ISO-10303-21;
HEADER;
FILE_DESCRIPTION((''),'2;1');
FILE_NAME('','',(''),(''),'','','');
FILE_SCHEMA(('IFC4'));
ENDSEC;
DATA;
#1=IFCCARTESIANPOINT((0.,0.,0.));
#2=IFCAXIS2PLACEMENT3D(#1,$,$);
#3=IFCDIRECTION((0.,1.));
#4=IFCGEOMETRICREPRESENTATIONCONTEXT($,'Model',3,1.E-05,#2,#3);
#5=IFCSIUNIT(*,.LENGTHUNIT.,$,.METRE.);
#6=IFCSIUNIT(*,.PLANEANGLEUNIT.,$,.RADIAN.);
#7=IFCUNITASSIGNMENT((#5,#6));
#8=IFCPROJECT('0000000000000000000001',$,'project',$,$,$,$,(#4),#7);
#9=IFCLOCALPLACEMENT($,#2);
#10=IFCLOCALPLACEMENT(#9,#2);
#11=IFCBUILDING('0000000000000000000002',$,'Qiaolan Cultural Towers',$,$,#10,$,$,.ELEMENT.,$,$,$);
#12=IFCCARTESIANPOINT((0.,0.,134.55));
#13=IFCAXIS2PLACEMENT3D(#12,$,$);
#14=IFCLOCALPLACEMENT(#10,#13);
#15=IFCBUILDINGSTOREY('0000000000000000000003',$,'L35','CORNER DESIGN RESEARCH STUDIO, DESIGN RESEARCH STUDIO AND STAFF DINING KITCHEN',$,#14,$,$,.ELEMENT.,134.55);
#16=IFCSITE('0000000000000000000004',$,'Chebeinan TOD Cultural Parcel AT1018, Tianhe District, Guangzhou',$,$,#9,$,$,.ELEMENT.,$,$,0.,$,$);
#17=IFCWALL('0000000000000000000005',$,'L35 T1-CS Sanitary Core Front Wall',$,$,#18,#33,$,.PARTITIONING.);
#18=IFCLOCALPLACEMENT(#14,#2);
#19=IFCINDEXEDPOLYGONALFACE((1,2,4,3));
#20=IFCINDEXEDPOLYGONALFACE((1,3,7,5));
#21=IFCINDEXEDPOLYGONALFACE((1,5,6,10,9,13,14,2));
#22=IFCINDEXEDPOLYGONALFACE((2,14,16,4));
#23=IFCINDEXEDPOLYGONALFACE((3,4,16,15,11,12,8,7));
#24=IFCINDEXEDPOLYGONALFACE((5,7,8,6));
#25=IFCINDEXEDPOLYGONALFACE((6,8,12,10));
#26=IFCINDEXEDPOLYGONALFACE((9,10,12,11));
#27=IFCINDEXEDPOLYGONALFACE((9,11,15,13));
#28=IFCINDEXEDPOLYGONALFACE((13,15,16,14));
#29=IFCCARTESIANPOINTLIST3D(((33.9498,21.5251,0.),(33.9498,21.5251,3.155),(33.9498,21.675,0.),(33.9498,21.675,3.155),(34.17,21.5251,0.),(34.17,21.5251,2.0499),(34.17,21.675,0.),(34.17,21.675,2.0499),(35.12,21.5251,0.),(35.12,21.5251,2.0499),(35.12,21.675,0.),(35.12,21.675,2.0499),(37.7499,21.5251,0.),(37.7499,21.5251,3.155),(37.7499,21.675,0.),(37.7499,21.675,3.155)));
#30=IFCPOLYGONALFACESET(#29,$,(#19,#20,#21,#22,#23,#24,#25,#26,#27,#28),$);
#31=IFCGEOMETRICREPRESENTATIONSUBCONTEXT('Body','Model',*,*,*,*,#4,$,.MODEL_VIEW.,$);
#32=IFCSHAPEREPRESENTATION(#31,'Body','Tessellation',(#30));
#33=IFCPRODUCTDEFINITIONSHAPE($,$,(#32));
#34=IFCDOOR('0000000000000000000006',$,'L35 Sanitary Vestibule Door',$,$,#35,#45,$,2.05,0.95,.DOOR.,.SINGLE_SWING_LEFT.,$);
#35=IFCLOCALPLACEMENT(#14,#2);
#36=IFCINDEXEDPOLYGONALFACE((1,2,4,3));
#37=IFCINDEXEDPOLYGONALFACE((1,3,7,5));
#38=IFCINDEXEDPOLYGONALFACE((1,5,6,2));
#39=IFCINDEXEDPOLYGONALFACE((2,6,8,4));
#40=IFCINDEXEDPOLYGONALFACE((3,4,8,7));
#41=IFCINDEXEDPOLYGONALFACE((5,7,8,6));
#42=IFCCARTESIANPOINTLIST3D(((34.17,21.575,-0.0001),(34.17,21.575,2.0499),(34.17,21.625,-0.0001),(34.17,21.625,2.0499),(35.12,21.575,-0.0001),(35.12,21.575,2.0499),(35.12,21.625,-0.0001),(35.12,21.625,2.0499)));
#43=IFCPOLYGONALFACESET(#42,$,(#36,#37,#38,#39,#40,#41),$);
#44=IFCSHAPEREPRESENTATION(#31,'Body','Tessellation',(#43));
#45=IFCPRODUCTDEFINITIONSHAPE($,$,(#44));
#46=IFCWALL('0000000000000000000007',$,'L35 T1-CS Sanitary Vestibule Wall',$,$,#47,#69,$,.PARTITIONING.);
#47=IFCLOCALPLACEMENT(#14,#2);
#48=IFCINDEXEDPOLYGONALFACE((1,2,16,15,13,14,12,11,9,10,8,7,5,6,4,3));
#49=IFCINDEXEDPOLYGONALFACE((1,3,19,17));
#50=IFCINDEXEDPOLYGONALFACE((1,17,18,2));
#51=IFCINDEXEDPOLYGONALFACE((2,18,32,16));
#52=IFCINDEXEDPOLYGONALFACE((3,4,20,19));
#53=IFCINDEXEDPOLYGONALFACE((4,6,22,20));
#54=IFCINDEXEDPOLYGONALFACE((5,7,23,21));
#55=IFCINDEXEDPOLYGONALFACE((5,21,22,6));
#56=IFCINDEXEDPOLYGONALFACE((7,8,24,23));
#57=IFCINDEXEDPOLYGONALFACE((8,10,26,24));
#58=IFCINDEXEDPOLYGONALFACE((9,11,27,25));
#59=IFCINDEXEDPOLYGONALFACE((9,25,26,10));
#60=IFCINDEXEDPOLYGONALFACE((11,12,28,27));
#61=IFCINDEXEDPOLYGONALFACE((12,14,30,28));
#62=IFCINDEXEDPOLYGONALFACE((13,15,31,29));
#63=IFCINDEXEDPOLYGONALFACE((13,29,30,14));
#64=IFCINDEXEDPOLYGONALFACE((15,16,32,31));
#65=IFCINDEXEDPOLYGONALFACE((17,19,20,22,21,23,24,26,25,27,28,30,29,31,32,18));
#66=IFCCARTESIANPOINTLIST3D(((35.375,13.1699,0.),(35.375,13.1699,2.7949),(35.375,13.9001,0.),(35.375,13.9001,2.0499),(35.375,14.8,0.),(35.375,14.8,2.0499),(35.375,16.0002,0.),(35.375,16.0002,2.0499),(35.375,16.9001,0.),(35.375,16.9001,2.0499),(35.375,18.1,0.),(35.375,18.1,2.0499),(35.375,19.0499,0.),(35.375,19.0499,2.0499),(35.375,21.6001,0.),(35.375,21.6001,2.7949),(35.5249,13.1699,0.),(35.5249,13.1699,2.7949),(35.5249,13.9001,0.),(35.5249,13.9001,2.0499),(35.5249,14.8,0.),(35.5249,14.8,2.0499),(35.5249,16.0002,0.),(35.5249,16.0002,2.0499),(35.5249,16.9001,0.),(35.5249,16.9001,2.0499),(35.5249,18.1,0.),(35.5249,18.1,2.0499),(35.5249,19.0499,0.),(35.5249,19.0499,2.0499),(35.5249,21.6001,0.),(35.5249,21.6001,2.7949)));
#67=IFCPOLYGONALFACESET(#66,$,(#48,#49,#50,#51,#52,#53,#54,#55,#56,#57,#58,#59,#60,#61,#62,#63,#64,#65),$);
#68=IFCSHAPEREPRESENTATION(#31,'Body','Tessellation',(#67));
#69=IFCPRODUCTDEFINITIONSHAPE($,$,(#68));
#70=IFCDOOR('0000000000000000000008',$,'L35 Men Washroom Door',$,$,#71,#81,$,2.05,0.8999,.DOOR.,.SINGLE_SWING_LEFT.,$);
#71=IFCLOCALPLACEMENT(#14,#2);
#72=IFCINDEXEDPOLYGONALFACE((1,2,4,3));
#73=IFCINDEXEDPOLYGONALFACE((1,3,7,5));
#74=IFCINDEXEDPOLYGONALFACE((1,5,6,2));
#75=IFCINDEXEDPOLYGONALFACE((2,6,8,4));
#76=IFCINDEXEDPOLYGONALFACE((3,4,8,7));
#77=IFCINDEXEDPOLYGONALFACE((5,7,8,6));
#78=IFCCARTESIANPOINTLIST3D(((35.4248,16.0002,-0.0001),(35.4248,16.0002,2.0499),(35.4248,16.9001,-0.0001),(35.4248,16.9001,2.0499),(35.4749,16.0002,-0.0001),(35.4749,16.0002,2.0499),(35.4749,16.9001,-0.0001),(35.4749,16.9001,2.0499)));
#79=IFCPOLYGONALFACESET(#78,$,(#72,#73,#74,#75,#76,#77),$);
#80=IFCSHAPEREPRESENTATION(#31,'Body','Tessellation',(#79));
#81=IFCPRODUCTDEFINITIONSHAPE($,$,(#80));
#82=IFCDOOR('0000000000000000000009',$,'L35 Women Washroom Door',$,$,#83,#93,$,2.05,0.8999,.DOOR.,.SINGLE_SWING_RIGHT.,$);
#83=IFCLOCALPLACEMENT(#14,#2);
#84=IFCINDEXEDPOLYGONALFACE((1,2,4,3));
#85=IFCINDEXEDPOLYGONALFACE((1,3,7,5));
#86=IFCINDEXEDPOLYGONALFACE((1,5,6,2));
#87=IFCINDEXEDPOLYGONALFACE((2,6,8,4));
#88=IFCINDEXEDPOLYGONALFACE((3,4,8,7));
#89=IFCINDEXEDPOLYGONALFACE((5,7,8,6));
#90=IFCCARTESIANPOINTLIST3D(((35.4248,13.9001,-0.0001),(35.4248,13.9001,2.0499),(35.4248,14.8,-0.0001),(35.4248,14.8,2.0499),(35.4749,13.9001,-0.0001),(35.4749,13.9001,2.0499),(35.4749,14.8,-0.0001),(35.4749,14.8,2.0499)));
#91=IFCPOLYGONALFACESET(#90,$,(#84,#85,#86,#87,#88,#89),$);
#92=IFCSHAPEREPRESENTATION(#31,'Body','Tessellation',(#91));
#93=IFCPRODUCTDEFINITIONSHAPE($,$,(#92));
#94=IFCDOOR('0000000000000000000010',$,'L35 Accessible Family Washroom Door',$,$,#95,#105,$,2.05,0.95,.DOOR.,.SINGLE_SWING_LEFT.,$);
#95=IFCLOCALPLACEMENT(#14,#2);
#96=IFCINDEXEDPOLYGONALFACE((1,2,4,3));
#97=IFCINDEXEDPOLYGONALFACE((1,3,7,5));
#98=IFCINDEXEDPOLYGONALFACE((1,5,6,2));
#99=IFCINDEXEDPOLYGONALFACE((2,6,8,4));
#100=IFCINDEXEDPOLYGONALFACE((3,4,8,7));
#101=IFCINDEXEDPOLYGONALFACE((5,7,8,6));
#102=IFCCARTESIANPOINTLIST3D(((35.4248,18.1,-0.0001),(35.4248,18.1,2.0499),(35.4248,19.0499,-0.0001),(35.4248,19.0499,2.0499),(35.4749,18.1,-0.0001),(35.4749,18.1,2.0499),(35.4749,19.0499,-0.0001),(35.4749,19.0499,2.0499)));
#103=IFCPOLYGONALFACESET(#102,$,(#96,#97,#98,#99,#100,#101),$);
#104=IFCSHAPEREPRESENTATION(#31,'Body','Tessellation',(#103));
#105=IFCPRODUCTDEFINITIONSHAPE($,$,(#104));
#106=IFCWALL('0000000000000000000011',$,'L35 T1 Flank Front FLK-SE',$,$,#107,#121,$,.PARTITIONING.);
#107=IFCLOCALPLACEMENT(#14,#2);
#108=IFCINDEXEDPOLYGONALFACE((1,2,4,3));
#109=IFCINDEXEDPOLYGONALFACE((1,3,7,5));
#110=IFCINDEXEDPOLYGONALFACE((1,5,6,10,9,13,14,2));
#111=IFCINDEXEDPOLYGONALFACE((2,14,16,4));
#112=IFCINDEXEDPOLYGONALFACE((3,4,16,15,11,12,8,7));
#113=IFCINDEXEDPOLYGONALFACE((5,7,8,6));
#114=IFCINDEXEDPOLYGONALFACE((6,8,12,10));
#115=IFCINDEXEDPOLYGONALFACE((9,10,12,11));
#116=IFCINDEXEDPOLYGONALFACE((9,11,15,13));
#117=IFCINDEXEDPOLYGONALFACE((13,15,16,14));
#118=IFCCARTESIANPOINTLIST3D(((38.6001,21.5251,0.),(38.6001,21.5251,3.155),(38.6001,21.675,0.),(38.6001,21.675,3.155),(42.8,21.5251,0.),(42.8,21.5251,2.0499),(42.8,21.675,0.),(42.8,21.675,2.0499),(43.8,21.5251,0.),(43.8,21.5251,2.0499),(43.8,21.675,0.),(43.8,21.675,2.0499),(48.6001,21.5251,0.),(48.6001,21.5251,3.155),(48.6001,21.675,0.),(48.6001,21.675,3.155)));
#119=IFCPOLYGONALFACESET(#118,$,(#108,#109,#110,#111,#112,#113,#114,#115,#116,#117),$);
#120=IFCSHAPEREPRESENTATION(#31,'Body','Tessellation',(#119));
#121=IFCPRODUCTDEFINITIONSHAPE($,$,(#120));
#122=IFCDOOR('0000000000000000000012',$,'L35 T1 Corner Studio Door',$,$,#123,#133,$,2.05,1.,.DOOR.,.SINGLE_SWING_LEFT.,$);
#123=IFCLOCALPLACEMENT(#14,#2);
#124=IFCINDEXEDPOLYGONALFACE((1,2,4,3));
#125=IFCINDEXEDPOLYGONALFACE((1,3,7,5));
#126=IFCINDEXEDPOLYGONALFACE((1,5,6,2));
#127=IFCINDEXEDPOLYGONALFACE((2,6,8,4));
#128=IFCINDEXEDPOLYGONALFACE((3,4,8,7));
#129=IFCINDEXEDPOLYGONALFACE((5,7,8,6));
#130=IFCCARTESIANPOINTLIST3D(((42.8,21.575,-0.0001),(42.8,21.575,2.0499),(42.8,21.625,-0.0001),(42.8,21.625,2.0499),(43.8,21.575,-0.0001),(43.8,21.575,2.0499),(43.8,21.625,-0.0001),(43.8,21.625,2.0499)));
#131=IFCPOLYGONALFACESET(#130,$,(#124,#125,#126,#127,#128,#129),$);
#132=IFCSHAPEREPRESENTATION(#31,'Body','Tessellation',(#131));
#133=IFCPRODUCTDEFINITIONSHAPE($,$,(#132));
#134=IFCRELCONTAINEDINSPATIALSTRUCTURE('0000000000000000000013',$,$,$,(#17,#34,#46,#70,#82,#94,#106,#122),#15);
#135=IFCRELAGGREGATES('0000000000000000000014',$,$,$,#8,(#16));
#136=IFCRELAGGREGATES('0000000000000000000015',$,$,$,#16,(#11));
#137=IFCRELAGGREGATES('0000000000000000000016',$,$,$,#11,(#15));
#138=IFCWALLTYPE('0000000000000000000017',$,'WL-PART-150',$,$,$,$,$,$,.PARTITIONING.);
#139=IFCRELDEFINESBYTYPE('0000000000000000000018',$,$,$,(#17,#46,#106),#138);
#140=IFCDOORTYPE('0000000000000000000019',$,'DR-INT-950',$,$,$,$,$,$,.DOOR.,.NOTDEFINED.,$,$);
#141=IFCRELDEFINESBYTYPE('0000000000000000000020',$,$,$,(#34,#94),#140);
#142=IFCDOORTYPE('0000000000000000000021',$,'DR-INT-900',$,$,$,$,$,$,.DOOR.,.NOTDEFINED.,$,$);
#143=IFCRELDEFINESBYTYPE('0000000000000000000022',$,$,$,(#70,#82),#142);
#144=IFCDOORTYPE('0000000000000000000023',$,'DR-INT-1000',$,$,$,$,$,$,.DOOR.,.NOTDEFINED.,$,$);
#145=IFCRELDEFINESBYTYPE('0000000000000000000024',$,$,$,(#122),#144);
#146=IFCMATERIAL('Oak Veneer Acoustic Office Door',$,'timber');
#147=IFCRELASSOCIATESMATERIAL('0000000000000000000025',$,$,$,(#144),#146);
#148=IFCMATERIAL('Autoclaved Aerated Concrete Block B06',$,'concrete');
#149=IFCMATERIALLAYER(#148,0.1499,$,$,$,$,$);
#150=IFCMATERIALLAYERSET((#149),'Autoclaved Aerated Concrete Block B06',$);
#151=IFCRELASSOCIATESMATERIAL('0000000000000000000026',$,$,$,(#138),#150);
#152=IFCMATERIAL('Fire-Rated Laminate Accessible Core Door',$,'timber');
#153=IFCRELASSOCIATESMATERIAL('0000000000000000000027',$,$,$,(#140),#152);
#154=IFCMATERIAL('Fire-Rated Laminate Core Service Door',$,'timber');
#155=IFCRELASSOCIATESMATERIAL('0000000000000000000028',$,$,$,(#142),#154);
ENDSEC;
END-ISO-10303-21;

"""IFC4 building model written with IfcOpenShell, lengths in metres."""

from ifc_helpers import new_model, si_unit, direction, frame, frame_2d, origin, place, context, subcontext, project, spatial, rectangle, extrude, material, layer, layer_set, type_object, element, fill, save


model = new_model("IFC4")

# Units and contexts
model_context = context("Model", 3, precision=1e-05, world=origin(), true_north=direction((0.0, 1.0)))
body_context = subcontext(model_context, "Body", "Model", "MODEL_VIEW")
ifc_project = project(units=[si_unit("LENGTHUNIT", "METRE"), si_unit("PLANEANGLEUNIT", "RADIAN")], contexts=[model_context])

# Site, building, storey
site_placement = place(None, origin())
site = spatial("IfcSite", under=ifc_project, at=site_placement, Name="Chebeinan TOD Cultural Parcel AT1018, Tianhe District, Guangzhou", CompositionType="ELEMENT", RefElevation=0.0)
building_placement = place(site_placement, origin())
building = spatial("IfcBuilding", under=site, at=building_placement, Name="Qiaolan Cultural Towers", CompositionType="ELEMENT")
storey_placement = place(building_placement, frame((0.0, 0.0, 134.55)))
storey = spatial("IfcBuildingStorey", under=building, at=storey_placement, Name="L35", Description="CORNER DESIGN RESEARCH STUDIO, DESIGN RESEARCH STUDIO AND STAFF DINING KITCHEN", CompositionType="ELEMENT", Elevation=134.55)

# Shared definitions
ifc_material_1 = material(Name="Oak Veneer Acoustic Office Door", Category="timber")
door_type_1 = type_object("IfcDoorType", Name="DR-INT-1000", OperationType="NOTDEFINED", PredefinedType="DOOR", material=ifc_material_1)

# Shared definitions
ifc_material_2 = material(Name="Autoclaved Aerated Concrete Block B06", Category="concrete")
ifc_layer_1 = layer(ifc_material_2, 0.1499)
ifc_layer_set_1 = layer_set([ifc_layer_1], Name="Autoclaved Aerated Concrete Block B06")
wall_type_1 = type_object("IfcWallType", Name="WL-PART-150", PredefinedType="PARTITIONING", material=ifc_layer_set_1)

# Wall, opening, door
wall_1_placement = place(storey_placement, frame((33.95, 21.6001, 0.0), z_axis=(0.0, 0.0, 1.0), x_axis=(1.0, 0.0, 0.0)))
wall_1 = element("IfcWall", 1, at=wall_1_placement, inside=storey, type_object=wall_type_1, Name="L35 T1-CS Sanitary Core Front Wall", PredefinedType="PARTITIONING", context=body_context, shape_type="SweptSolid", body=[
    extrude(rectangle(XDim=3.8, YDim=0.1499, at=frame_2d((1.8999, 0.0))), origin(), (0.0, 0.0, 1.0), 3.155),
])
opening_1_placement = place(wall_1_placement, frame((0.22, 0.0, 0.0)))
opening_1 = element("IfcOpeningElement", 2, at=opening_1_placement, cuts=wall_1, PredefinedType="OPENING", context=body_context, shape_type="SweptSolid", body=[
    extrude(rectangle(XDim=0.95, YDim=2.05, at=frame_2d((0.4751, 1.0249))), frame((0.0, 0.085, 0.0), z_axis=(0.0, -1.0, 0.0), x_axis=(1.0, 0.0, 0.0)), (0.0, 0.0, 1.0), 0.1699),
])
ifc_material_3 = material(Name="Fire-Rated Laminate Accessible Core Door", Category="timber")
door_type_2 = type_object("IfcDoorType", Name="DR-INT-950", OperationType="NOTDEFINED", PredefinedType="DOOR", material=ifc_material_3)
door_1_placement = place(opening_1_placement, origin())
door_1 = element("IfcDoor", 3, at=door_1_placement, inside=storey, type_object=door_type_2, Name="L35 Sanitary Vestibule Door", OperationType="SINGLE_SWING_LEFT", OverallHeight=2.05, OverallWidth=0.95, PredefinedType="DOOR", context=body_context, shape_type="SweptSolid", body=[
    extrude(rectangle(XDim=0.95, YDim=2.05, at=frame_2d((0.4751, 1.0249))), frame((0.0, 0.0249, 0.0), z_axis=(0.0, -1.0, 0.0), x_axis=(1.0, 0.0, 0.0)), (0.0, 0.0, 1.0), 0.05),
])
fill(opening_1, door_1)

# Wall, openings, doors
wall_2_placement = place(storey_placement, frame((35.45, 21.6001, 0.0), z_axis=(0.0, 0.0, 1.0), x_axis=(0.0, -1.0, 0.0)))
wall_2 = element("IfcWall", 4, at=wall_2_placement, inside=storey, type_object=wall_type_1, Name="L35 T1-CS Sanitary Vestibule Wall", PredefinedType="PARTITIONING", context=body_context, shape_type="SweptSolid", body=[
    extrude(rectangle(XDim=8.4302, YDim=0.1499, at=frame_2d((4.2151, 0.0))), origin(), (0.0, 0.0, 1.0), 2.7949),
])
opening_2_placement = place(wall_2_placement, frame((2.55, 0.0, 0.0)))
opening_2 = element("IfcOpeningElement", 5, at=opening_2_placement, cuts=wall_2, PredefinedType="OPENING", context=body_context, shape_type="SweptSolid", body=[
    extrude(rectangle(XDim=0.95, YDim=2.05, at=frame_2d((0.4751, 1.0249))), frame((0.0, 0.085, 0.0), z_axis=(0.0, -1.0, 0.0), x_axis=(1.0, 0.0, 0.0)), (0.0, 0.0, 1.0), 0.1699),
])
opening_3_placement = place(wall_2_placement, frame((4.7, 0.0, 0.0)))
opening_3 = element("IfcOpeningElement", 6, at=opening_3_placement, cuts=wall_2, PredefinedType="OPENING", context=body_context, shape_type="SweptSolid", body=[
    extrude(rectangle(XDim=0.8999, YDim=2.05, at=frame_2d((0.45, 1.0249))), frame((0.0, 0.085, 0.0), z_axis=(0.0, -1.0, 0.0), x_axis=(1.0, 0.0, 0.0)), (0.0, 0.0, 1.0), 0.1699),
])
opening_4_placement = place(wall_2_placement, frame((6.8, 0.0, 0.0)))
opening_4 = element("IfcOpeningElement", 7, at=opening_4_placement, cuts=wall_2, PredefinedType="OPENING", context=body_context, shape_type="SweptSolid", body=[
    extrude(rectangle(XDim=0.8999, YDim=2.05, at=frame_2d((0.45, 1.0249))), frame((0.0, 0.085, 0.0), z_axis=(0.0, -1.0, 0.0), x_axis=(1.0, 0.0, 0.0)), (0.0, 0.0, 1.0), 0.1699),
])
ifc_material_4 = material(Name="Fire-Rated Laminate Core Service Door", Category="timber")
door_type_3 = type_object("IfcDoorType", Name="DR-INT-900", OperationType="NOTDEFINED", PredefinedType="DOOR", material=ifc_material_4)
door_2_placement = place(opening_3_placement, origin())
door_2 = element("IfcDoor", 8, at=door_2_placement, inside=storey, type_object=door_type_3, Name="L35 Men Washroom Door", OperationType="SINGLE_SWING_LEFT", OverallHeight=2.05, OverallWidth=0.8999, PredefinedType="DOOR", context=body_context, shape_type="SweptSolid", body=[
    extrude(rectangle(XDim=0.8999, YDim=2.05, at=frame_2d((0.45, 1.0249))), frame((0.0, 0.0249, 0.0), z_axis=(0.0, -1.0, 0.0), x_axis=(1.0, 0.0, 0.0)), (0.0, 0.0, 1.0), 0.05),
])
fill(opening_3, door_2)
door_3_placement = place(opening_4_placement, origin())
door_3 = element("IfcDoor", 9, at=door_3_placement, inside=storey, type_object=door_type_3, Name="L35 Women Washroom Door", OperationType="SINGLE_SWING_RIGHT", OverallHeight=2.05, OverallWidth=0.8999, PredefinedType="DOOR", context=body_context, shape_type="SweptSolid", body=[
    extrude(rectangle(XDim=0.8999, YDim=2.05, at=frame_2d((0.45, 1.0249))), frame((0.0, 0.0249, 0.0), z_axis=(0.0, -1.0, 0.0), x_axis=(1.0, 0.0, 0.0)), (0.0, 0.0, 1.0), 0.05),
])
fill(opening_4, door_3)
door_4_placement = place(opening_2_placement, origin())
door_4 = element("IfcDoor", 10, at=door_4_placement, inside=storey, type_object=door_type_2, Name="L35 Accessible Family Washroom Door", OperationType="SINGLE_SWING_LEFT", OverallHeight=2.05, OverallWidth=0.95, PredefinedType="DOOR", context=body_context, shape_type="SweptSolid", body=[
    extrude(rectangle(XDim=0.95, YDim=2.05, at=frame_2d((0.4751, 1.0249))), frame((0.0, 0.0249, 0.0), z_axis=(0.0, -1.0, 0.0), x_axis=(1.0, 0.0, 0.0)), (0.0, 0.0, 1.0), 0.05),
])
fill(opening_2, door_4)

# Wall, opening, door
wall_3_placement = place(storey_placement, frame((38.6001, 21.6001, 0.0), z_axis=(0.0, 0.0, 1.0), x_axis=(1.0, 0.0, 0.0)))
wall_3 = element("IfcWall", 11, at=wall_3_placement, inside=storey, type_object=wall_type_1, Name="L35 T1 Flank Front FLK-SE", PredefinedType="PARTITIONING", context=body_context, shape_type="SweptSolid", body=[
    extrude(rectangle(XDim=10.0, YDim=0.1499, at=frame_2d((5.0, 0.0))), origin(), (0.0, 0.0, 1.0), 3.155),
])
opening_5_placement = place(wall_3_placement, frame((4.2, 0.0, 0.0)))
opening_5 = element("IfcOpeningElement", 12, at=opening_5_placement, cuts=wall_3, PredefinedType="OPENING", context=body_context, shape_type="SweptSolid", body=[
    extrude(rectangle(XDim=1.0, YDim=2.05, at=frame_2d((0.5, 1.0249))), frame((0.0, 0.085, 0.0), z_axis=(0.0, -1.0, 0.0), x_axis=(1.0, 0.0, 0.0)), (0.0, 0.0, 1.0), 0.1699),
])
door_5_placement = place(opening_5_placement, origin())
door_5 = element("IfcDoor", 13, at=door_5_placement, inside=storey, type_object=door_type_1, Name="L35 T1 Corner Studio Door", OperationType="SINGLE_SWING_LEFT", OverallHeight=2.05, OverallWidth=1.0, PredefinedType="DOOR", context=body_context, shape_type="SweptSolid", body=[
    extrude(rectangle(XDim=1.0, YDim=2.05, at=frame_2d((0.5, 1.0249))), frame((0.0, 0.0249, 0.0), z_axis=(0.0, -1.0, 0.0), x_axis=(1.0, 0.0, 0.0)), (0.0, 0.0, 1.0), 0.05),
])
fill(opening_5, door_5)

save(model, "model.ifc")
